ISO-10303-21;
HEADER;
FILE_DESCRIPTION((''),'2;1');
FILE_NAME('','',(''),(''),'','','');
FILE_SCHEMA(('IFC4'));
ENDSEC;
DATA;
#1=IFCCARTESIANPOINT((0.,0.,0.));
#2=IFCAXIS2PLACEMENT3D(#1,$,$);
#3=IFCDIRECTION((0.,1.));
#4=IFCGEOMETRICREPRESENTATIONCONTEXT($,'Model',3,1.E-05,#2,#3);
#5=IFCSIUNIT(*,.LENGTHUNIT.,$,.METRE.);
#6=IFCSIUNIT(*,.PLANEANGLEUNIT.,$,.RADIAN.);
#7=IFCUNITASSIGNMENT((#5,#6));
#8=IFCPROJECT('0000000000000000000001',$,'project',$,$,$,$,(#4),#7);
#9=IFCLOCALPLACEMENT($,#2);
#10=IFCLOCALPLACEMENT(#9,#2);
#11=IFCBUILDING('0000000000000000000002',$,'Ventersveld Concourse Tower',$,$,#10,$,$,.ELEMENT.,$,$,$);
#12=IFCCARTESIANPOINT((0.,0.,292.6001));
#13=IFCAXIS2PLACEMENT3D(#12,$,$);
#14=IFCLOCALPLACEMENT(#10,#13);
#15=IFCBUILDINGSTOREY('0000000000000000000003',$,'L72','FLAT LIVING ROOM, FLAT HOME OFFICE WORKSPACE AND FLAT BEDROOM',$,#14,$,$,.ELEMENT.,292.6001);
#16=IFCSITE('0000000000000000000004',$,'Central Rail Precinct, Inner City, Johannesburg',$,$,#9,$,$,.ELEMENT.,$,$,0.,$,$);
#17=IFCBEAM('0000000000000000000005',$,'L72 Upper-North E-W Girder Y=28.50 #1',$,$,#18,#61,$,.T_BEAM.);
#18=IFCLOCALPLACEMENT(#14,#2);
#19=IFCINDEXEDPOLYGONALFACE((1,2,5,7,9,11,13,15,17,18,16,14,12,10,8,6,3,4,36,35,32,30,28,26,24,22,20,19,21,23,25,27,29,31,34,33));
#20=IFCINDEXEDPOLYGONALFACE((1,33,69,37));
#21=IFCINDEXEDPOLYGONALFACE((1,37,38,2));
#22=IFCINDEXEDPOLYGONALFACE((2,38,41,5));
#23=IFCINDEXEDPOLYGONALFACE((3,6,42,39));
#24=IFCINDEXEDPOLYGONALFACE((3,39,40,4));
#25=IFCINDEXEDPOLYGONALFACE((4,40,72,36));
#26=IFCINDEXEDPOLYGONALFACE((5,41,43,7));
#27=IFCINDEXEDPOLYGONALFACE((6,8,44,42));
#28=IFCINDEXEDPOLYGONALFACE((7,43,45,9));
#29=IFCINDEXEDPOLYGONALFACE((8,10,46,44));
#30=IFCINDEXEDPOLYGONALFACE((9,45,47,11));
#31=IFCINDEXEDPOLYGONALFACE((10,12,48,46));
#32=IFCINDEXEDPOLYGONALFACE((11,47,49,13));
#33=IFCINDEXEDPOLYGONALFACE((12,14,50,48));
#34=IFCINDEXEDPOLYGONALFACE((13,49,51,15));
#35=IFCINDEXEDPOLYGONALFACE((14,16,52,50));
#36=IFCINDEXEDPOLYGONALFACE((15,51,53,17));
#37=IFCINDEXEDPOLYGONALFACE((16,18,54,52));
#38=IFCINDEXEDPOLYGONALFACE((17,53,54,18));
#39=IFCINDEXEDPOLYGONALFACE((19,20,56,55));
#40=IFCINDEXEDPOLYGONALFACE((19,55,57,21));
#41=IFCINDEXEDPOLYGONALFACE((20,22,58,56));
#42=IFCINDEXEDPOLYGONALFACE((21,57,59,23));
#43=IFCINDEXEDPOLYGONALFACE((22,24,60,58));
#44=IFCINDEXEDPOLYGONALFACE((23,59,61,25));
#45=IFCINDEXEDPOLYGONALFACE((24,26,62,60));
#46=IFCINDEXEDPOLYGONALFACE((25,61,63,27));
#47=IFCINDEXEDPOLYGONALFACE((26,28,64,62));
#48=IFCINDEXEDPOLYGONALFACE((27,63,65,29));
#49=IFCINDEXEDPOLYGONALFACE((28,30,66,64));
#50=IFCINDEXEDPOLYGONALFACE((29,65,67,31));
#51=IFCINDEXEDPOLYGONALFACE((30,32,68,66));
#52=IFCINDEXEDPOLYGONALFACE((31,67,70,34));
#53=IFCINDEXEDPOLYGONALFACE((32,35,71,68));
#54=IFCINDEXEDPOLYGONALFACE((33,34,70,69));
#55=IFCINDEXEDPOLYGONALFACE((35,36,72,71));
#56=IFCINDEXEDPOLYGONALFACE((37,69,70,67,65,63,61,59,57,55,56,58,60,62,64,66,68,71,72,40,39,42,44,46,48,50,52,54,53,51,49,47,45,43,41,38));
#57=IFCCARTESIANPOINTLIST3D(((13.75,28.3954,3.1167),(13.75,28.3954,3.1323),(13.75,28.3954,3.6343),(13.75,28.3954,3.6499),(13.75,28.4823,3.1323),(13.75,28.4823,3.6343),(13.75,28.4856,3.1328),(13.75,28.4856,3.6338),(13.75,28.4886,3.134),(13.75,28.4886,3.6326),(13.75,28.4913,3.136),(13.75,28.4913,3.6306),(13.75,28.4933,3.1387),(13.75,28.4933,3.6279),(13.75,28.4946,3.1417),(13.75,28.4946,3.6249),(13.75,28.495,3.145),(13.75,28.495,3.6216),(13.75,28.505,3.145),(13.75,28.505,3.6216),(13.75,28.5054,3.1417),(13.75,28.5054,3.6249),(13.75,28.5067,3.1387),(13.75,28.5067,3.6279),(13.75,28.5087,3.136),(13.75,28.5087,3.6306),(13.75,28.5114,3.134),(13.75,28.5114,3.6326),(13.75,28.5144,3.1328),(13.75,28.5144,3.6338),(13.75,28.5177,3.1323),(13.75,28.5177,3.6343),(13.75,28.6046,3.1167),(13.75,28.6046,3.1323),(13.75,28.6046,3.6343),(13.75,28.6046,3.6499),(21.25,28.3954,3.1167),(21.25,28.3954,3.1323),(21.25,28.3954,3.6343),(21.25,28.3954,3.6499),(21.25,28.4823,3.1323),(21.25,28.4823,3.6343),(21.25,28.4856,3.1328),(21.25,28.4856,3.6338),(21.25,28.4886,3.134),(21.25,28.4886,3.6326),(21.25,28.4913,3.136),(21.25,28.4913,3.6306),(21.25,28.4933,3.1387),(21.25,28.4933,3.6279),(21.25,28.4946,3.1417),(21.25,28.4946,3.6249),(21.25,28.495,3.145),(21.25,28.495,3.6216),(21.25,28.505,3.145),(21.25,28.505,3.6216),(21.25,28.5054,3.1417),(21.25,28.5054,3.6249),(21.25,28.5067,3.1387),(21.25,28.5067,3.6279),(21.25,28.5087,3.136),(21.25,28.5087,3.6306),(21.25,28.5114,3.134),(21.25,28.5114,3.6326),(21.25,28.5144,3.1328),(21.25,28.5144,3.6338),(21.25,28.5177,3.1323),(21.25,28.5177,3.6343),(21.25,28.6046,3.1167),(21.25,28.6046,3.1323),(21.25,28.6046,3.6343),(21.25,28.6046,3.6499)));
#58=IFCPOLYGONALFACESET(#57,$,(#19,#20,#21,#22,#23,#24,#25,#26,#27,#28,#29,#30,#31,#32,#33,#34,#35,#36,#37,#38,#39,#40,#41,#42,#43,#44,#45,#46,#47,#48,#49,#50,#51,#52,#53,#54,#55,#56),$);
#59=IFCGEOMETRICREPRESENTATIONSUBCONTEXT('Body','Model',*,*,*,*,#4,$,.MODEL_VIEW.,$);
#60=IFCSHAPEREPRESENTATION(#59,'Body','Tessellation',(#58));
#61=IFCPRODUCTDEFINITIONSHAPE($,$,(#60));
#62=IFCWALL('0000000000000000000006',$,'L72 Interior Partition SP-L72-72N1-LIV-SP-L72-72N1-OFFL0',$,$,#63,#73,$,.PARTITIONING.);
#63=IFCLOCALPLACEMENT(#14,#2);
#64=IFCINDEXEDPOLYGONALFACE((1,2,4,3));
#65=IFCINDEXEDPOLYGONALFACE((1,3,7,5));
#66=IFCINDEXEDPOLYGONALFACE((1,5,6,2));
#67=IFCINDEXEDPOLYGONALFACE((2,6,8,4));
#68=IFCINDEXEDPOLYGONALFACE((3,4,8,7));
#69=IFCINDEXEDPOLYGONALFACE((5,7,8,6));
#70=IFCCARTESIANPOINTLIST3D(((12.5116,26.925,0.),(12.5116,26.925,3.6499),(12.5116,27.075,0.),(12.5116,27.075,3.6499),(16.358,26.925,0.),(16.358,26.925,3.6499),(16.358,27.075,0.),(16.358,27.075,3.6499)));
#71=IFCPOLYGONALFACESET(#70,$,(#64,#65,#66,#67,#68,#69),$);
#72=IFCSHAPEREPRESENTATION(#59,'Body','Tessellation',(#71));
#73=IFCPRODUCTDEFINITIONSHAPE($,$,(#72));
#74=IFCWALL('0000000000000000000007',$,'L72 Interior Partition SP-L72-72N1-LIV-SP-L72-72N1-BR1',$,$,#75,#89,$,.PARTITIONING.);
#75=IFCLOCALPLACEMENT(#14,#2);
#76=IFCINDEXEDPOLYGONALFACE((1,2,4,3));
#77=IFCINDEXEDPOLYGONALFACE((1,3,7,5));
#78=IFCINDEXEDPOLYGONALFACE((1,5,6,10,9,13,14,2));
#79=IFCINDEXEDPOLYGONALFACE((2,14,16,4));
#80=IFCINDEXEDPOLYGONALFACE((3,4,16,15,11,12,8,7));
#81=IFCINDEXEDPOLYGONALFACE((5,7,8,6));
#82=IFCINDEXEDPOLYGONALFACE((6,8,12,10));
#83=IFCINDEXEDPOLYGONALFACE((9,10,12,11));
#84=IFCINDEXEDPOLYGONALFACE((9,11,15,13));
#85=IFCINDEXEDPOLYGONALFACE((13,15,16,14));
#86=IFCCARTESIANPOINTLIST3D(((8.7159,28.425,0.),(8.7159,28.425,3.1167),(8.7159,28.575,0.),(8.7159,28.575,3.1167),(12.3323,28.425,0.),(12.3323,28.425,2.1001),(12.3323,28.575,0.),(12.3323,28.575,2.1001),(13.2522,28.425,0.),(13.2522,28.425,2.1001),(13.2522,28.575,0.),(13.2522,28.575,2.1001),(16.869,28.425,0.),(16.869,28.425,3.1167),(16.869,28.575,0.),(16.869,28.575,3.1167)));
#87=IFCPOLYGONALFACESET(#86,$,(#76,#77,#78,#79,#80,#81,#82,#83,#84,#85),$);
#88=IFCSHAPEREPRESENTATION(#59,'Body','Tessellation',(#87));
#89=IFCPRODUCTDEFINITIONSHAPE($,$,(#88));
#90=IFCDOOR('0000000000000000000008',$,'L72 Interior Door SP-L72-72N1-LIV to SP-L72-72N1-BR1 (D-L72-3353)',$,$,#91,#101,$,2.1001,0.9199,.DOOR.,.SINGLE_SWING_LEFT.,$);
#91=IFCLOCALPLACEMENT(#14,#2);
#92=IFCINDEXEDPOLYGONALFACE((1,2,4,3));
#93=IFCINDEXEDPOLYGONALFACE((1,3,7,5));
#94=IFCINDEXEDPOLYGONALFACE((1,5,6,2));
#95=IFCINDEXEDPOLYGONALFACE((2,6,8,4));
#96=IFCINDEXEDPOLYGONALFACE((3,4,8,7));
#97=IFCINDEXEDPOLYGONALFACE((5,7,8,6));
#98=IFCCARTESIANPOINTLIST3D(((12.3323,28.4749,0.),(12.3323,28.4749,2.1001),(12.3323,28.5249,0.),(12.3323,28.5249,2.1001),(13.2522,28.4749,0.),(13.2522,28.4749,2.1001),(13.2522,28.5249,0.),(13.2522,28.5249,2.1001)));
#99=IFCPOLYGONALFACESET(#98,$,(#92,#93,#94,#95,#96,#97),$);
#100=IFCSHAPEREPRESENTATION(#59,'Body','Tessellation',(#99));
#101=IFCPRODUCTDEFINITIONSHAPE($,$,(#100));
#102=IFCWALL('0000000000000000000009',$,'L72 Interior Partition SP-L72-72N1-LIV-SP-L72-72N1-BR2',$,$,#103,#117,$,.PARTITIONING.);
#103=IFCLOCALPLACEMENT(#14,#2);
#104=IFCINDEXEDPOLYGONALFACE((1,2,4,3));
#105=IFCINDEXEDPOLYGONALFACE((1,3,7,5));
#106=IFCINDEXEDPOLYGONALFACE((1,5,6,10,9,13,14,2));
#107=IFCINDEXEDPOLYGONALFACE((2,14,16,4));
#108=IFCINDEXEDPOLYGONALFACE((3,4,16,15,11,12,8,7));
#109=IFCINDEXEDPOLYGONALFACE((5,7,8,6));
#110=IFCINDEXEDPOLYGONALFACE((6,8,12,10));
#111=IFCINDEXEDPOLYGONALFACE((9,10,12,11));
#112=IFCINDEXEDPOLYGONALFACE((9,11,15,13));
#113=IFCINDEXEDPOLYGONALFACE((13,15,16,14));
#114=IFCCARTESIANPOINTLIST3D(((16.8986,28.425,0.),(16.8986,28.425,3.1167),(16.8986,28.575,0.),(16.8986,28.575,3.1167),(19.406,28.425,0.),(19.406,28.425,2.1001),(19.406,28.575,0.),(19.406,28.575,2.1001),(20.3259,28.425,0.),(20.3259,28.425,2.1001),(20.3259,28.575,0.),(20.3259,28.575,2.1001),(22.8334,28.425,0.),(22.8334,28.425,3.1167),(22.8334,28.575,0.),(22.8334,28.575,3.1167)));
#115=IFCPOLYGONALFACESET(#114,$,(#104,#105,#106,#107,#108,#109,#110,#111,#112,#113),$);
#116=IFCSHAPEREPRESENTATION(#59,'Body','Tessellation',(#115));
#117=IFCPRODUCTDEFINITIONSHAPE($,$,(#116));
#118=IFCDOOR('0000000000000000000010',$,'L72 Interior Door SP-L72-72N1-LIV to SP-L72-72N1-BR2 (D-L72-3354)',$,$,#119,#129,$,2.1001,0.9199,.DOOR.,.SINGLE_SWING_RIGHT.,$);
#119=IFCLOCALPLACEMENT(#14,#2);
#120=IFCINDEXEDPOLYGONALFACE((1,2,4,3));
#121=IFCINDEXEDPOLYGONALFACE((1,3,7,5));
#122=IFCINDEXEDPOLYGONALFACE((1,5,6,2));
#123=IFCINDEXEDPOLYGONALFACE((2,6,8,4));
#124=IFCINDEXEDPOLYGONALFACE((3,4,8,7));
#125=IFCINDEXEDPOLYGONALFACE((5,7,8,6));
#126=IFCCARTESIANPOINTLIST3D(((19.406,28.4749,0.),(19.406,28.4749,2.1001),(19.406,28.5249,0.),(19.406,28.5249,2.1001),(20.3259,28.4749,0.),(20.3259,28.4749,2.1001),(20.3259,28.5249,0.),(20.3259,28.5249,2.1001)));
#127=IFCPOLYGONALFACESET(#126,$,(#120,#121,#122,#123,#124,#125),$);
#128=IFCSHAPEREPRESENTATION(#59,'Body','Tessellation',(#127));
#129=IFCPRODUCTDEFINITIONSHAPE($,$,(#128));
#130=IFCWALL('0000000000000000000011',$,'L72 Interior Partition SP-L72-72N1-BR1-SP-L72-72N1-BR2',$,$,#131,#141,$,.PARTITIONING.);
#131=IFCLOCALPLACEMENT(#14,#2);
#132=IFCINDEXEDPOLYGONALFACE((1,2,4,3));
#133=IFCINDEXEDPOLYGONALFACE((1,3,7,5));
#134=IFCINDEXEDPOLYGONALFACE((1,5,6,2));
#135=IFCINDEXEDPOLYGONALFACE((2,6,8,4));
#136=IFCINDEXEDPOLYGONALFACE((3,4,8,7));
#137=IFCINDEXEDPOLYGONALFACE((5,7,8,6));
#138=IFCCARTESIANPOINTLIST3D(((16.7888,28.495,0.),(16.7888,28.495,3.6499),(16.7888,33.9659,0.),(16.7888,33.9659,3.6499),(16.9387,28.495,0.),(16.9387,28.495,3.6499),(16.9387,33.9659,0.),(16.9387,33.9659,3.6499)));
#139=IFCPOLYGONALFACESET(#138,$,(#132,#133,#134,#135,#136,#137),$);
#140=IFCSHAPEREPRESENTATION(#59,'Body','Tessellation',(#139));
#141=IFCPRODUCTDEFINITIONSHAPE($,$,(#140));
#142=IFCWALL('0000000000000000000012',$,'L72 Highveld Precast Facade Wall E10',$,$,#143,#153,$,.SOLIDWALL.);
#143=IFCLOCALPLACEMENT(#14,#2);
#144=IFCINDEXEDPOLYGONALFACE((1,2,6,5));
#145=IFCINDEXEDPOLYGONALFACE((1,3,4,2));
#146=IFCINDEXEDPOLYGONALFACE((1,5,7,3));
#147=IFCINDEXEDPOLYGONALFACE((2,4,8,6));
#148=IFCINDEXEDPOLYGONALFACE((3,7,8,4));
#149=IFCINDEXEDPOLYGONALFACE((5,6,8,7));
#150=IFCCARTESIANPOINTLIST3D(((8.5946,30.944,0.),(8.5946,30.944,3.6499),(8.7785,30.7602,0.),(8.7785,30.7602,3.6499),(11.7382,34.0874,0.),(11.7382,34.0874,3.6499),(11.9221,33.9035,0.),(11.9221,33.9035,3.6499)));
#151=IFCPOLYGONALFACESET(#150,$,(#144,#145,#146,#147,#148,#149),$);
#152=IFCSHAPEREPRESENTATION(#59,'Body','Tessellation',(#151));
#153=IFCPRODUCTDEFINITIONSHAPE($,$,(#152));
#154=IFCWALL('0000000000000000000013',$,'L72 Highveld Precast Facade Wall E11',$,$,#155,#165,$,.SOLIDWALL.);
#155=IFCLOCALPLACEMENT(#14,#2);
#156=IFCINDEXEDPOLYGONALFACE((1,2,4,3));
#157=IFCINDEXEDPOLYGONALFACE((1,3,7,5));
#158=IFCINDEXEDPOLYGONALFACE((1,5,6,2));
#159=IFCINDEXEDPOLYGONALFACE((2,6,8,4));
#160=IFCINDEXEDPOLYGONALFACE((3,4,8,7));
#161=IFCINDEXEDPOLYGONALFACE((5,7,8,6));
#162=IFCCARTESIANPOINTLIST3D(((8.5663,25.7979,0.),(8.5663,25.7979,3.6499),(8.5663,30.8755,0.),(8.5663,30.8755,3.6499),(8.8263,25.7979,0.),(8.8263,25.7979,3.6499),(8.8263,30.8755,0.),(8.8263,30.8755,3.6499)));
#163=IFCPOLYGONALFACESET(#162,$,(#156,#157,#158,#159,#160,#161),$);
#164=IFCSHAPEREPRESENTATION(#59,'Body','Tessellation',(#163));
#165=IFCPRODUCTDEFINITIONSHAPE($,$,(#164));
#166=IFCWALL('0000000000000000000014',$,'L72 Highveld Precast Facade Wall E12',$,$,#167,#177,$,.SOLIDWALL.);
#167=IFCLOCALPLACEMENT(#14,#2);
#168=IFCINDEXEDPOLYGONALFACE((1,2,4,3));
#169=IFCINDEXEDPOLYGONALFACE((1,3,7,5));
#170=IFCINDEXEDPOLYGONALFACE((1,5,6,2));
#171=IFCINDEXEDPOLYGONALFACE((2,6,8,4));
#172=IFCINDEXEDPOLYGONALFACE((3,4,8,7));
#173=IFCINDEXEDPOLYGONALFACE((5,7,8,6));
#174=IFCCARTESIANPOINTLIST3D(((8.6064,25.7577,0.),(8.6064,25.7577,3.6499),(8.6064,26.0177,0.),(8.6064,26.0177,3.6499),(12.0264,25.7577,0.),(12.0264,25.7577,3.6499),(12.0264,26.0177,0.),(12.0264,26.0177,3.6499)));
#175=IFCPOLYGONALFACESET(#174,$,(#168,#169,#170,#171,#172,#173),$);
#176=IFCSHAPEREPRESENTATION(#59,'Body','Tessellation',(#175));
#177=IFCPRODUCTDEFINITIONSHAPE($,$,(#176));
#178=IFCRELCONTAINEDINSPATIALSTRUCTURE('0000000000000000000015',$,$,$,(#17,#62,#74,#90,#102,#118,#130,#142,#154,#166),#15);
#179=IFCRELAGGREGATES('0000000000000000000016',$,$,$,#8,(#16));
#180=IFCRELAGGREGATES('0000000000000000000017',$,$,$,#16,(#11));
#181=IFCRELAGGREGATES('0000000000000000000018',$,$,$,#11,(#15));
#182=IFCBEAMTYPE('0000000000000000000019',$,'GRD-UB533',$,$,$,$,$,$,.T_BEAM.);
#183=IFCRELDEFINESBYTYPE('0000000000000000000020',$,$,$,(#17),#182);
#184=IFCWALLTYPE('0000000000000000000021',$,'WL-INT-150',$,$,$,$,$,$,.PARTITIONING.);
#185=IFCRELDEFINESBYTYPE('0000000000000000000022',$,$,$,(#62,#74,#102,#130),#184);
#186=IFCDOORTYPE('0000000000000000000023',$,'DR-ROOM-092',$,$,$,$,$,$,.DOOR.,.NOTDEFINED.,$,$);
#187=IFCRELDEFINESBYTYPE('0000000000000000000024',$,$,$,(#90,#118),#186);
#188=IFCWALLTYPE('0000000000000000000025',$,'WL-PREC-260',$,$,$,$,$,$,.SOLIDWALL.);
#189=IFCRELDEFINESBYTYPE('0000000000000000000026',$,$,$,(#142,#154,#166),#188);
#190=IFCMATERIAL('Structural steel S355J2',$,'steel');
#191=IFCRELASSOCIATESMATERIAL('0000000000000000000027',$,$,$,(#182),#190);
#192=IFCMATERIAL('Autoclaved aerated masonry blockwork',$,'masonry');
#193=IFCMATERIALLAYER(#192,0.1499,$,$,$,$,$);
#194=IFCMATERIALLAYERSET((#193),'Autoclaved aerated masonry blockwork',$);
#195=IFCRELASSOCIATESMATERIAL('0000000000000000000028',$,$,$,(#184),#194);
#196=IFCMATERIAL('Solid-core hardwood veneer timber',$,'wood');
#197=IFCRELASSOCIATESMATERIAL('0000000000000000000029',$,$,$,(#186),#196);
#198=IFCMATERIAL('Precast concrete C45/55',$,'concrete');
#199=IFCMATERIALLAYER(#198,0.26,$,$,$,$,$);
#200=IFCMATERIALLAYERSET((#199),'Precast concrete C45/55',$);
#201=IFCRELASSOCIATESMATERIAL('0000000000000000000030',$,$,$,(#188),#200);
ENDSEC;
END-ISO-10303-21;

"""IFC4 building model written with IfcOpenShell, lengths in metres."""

from ifc_helpers import new_model, si_unit, direction, frame, frame_2d, origin, origin_2d, place, context, subcontext, project, spatial, rectangle, i_section, extrude, material, layer, layer_set, material_profile, profile_set, type_object, element, fill, save


model = new_model("IFC4")

# Units and contexts
model_context = context("Model", 3, precision=1e-05, world=origin(), true_north=direction((0.0, 1.0)))
body_context = subcontext(model_context, "Body", "Model", "MODEL_VIEW")
ifc_project = project(units=[si_unit("LENGTHUNIT", "METRE"), si_unit("PLANEANGLEUNIT", "RADIAN")], contexts=[model_context])

# Site, building, storey
site_placement = place(None, origin())
site = spatial("IfcSite", under=ifc_project, at=site_placement, Name="Central Rail Precinct, Inner City, Johannesburg", CompositionType="ELEMENT", RefElevation=0.0)
building_placement = place(site_placement, origin())
building = spatial("IfcBuilding", under=site, at=building_placement, Name="Ventersveld Concourse Tower", CompositionType="ELEMENT")
storey_placement = place(building_placement, frame((0.0, 0.0, 292.6001)))
storey = spatial("IfcBuildingStorey", under=building, at=storey_placement, Name="L72", Description="FLAT LIVING ROOM, FLAT HOME OFFICE WORKSPACE AND FLAT BEDROOM", CompositionType="ELEMENT", Elevation=292.6001)

# Beam
ifc_material_1 = material(Name="Structural steel S355J2", Category="steel")
ifc_material_profile_1 = material_profile(ifc_material_1, i_section(OverallWidth=0.2092, OverallDepth=0.5332, WebThickness=0.01, FlangeThickness=0.0156, FilletRadius=0.0127, at=origin_2d()), Name="UB 533x210x92")
ifc_profile_set_1 = profile_set([ifc_material_profile_1], Name="Structural steel S355J2")
beam_type_1 = type_object("IfcBeamType", Name="GRD-UB533", PredefinedType="T_BEAM", material=ifc_profile_set_1)
for number, where, z_axis, x_axis, name in (
    (1, (13.75, 28.5, 3.3833), (1.0, 0.0, 0.0), (0.0, 1.0, 0.0), "L72 Upper-North E-W Girder Y=28.50 #1"),
):
    element("IfcBeam", number, at=place(storey_placement, frame(where, z_axis=z_axis, x_axis=x_axis)), inside=storey, type_object=beam_type_1, Name=name, PredefinedType="T_BEAM", context=body_context, shape_type="SweptSolid", body=[
        extrude(i_section(OverallWidth=0.2092, OverallDepth=0.5332, WebThickness=0.01, FlangeThickness=0.0156, FilletRadius=0.0127, at=origin_2d()), origin(), (0.0, 0.0, 1.0), 7.5),
    ])

# Wall
ifc_material_2 = material(Name="Autoclaved aerated masonry blockwork", Category="masonry")
ifc_layer_1 = layer(ifc_material_2, 0.1499)
ifc_layer_set_1 = layer_set([ifc_layer_1], Name="Autoclaved aerated masonry blockwork")
wall_type_1 = type_object("IfcWallType", Name="WL-INT-150", PredefinedType="PARTITIONING", material=ifc_layer_set_1)
wall_1_placement = place(storey_placement, frame((12.5115, 27.0, 0.0), z_axis=(0.0, 0.0, 1.0), x_axis=(1.0, 0.0, 0.0)))
element("IfcWall", 2, at=wall_1_placement, inside=storey, type_object=wall_type_1, Name="L72 Interior Partition SP-L72-72N1-LIV-SP-L72-72N1-OFFL0", PredefinedType="PARTITIONING", context=body_context, shape_type="SweptSolid", body=[
    extrude(rectangle(XDim=3.8464, YDim=0.1499, at=frame_2d((1.9233, 0.0))), origin(), (0.0, 0.0, 1.0), 3.6499),
])

# Walls, openings, doors
wall_2_placement = place(storey_placement, frame((8.7158, 28.5, 0.0), z_axis=(0.0, 0.0, 1.0), x_axis=(1.0, 0.0, 0.0)))
wall_2 = element("IfcWall", 3, at=wall_2_placement, inside=storey, type_object=wall_type_1, Name="L72 Interior Partition SP-L72-72N1-LIV-SP-L72-72N1-BR1", PredefinedType="PARTITIONING", context=body_context, shape_type="SweptSolid", body=[
    extrude(rectangle(XDim=8.1531, YDim=0.1499, at=frame_2d((4.0767, 0.0))), origin(), (0.0, 0.0, 1.0), 3.1167),
])
opening_1_placement = place(wall_2_placement, frame((3.6165, 0.0, 0.0)))
opening_1 = element("IfcOpeningElement", 4, at=opening_1_placement, cuts=wall_2, PredefinedType="OPENING", context=body_context, shape_type="SweptSolid", body=[
    extrude(rectangle(XDim=0.9199, YDim=2.1001, at=frame_2d((0.46, 1.05))), frame((0.0, 0.085, 0.0), z_axis=(0.0, -1.0, 0.0), x_axis=(1.0, 0.0, 0.0)), (0.0, 0.0, 1.0), 0.1699),
])
ifc_material_3 = material(Name="Solid-core hardwood veneer timber", Category="wood")
door_type_1 = type_object("IfcDoorType", Name="DR-ROOM-092", OperationType="NOTDEFINED", PredefinedType="DOOR", material=ifc_material_3)
door_1_placement = place(opening_1_placement, origin())
door_1 = element("IfcDoor", 5, at=door_1_placement, inside=storey, type_object=door_type_1, Name="L72 Interior Door SP-L72-72N1-LIV to SP-L72-72N1-BR1 (D-L72-3353)", OperationType="SINGLE_SWING_LEFT", OverallHeight=2.1001, OverallWidth=0.9199, PredefinedType="DOOR", context=body_context, shape_type="SweptSolid", body=[
    extrude(rectangle(XDim=0.9199, YDim=2.1001, at=frame_2d((0.46, 1.05))), frame((0.0, 0.0249, 0.0), z_axis=(0.0, -1.0, 0.0), x_axis=(1.0, 0.0, 0.0)), (0.0, 0.0, 1.0), 0.05),
])
fill(opening_1, door_1)
wall_3_placement = place(storey_placement, frame((16.8987, 28.5, 0.0), z_axis=(0.0, 0.0, 1.0), x_axis=(1.0, 0.0, 0.0)))
wall_3 = element("IfcWall", 6, at=wall_3_placement, inside=storey, type_object=wall_type_1, Name="L72 Interior Partition SP-L72-72N1-LIV-SP-L72-72N1-BR2", PredefinedType="PARTITIONING", context=body_context, shape_type="SweptSolid", body=[
    extrude(rectangle(XDim=5.9348, YDim=0.1499, at=frame_2d((2.9673, 0.0))), origin(), (0.0, 0.0, 1.0), 3.1167),
])
opening_2_placement = place(wall_3_placement, frame((2.5073, 0.0, 0.0)))
opening_2 = element("IfcOpeningElement", 7, at=opening_2_placement, cuts=wall_3, PredefinedType="OPENING", context=body_context, shape_type="SweptSolid", body=[
    extrude(rectangle(XDim=0.9199, YDim=2.1001, at=frame_2d((0.46, 1.05))), frame((0.0, 0.085, 0.0), z_axis=(0.0, -1.0, 0.0), x_axis=(1.0, 0.0, 0.0)), (0.0, 0.0, 1.0), 0.1699),
])
door_2_placement = place(opening_2_placement, origin())
door_2 = element("IfcDoor", 8, at=door_2_placement, inside=storey, type_object=door_type_1, Name="L72 Interior Door SP-L72-72N1-LIV to SP-L72-72N1-BR2 (D-L72-3354)", OperationType="SINGLE_SWING_RIGHT", OverallHeight=2.1001, OverallWidth=0.9199, PredefinedType="DOOR", context=body_context, shape_type="SweptSolid", body=[
    extrude(rectangle(XDim=0.9199, YDim=2.1001, at=frame_2d((0.46, 1.05))), frame((0.0, 0.0249, 0.0), z_axis=(0.0, -1.0, 0.0), x_axis=(1.0, 0.0, 0.0)), (0.0, 0.0, 1.0), 0.05),
])
fill(opening_2, door_2)

# Walls
wall_4_placement = place(storey_placement, frame((16.8638, 28.4951, 0.0), z_axis=(0.0, 0.0, 1.0), x_axis=(0.0, 1.0, 0.0)))
element("IfcWall", 9, at=wall_4_placement, inside=storey, type_object=wall_type_1, Name="L72 Interior Partition SP-L72-72N1-BR1-SP-L72-72N1-BR2", PredefinedType="PARTITIONING", context=body_context, shape_type="SweptSolid", body=[
    extrude(rectangle(XDim=5.4709, YDim=0.1499, at=frame_2d((2.7354, 0.0))), origin(), (0.0, 0.0, 1.0), 3.6499),
])
ifc_material_4 = material(Name="Precast concrete C45/55", Category="concrete")
ifc_layer_2 = layer(ifc_material_4, 0.26)
ifc_layer_set_2 = layer_set([ifc_layer_2], Name="Precast concrete C45/55")
wall_type_2 = type_object("IfcWallType", Name="WL-PREC-260", PredefinedType="SOLIDWALL", material=ifc_layer_set_2)
wall_5_placement = place(storey_placement, frame((11.8301, 33.9954, 0.0), z_axis=(0.0, 0.0, 1.0), x_axis=(-0.707134, -0.707079, 0.0)))
element("IfcWall", 10, at=wall_5_placement, inside=storey, type_object=wall_type_2, Name="L72 Highveld Precast Facade Wall E10", PredefinedType="SOLIDWALL", context=body_context, shape_type="SweptSolid", body=[
    extrude(rectangle(XDim=4.4456, YDim=0.26, at=frame_2d((2.2227, 0.0))), origin(), (0.0, 0.0, 1.0), 3.6499),
])
wall_6_placement = place(storey_placement, frame((8.6963, 30.8755, 0.0), z_axis=(0.0, 0.0, 1.0), x_axis=(0.0, -1.0, 0.0)))
element("IfcWall", 11, at=wall_6_placement, inside=storey, type_object=wall_type_2, Name="L72 Highveld Precast Facade Wall E11", PredefinedType="SOLIDWALL", context=body_context, shape_type="SweptSolid", body=[
    extrude(rectangle(XDim=5.0776, YDim=0.26, at=frame_2d((2.5388, 0.0))), origin(), (0.0, 0.0, 1.0), 3.6499),
])
wall_7_placement = place(storey_placement, frame((8.6064, 25.8877, 0.0), z_axis=(0.0, 0.0, 1.0), x_axis=(1.0, 0.0, 0.0)))
element("IfcWall", 12, at=wall_7_placement, inside=storey, type_object=wall_type_2, Name="L72 Highveld Precast Facade Wall E12", PredefinedType="SOLIDWALL", context=body_context, shape_type="SweptSolid", body=[
    extrude(rectangle(XDim=3.4199, YDim=0.26, at=frame_2d((1.71, 0.0))), origin(), (0.0, 0.0, 1.0), 3.6499),
])

save(model, "model.ifc")
